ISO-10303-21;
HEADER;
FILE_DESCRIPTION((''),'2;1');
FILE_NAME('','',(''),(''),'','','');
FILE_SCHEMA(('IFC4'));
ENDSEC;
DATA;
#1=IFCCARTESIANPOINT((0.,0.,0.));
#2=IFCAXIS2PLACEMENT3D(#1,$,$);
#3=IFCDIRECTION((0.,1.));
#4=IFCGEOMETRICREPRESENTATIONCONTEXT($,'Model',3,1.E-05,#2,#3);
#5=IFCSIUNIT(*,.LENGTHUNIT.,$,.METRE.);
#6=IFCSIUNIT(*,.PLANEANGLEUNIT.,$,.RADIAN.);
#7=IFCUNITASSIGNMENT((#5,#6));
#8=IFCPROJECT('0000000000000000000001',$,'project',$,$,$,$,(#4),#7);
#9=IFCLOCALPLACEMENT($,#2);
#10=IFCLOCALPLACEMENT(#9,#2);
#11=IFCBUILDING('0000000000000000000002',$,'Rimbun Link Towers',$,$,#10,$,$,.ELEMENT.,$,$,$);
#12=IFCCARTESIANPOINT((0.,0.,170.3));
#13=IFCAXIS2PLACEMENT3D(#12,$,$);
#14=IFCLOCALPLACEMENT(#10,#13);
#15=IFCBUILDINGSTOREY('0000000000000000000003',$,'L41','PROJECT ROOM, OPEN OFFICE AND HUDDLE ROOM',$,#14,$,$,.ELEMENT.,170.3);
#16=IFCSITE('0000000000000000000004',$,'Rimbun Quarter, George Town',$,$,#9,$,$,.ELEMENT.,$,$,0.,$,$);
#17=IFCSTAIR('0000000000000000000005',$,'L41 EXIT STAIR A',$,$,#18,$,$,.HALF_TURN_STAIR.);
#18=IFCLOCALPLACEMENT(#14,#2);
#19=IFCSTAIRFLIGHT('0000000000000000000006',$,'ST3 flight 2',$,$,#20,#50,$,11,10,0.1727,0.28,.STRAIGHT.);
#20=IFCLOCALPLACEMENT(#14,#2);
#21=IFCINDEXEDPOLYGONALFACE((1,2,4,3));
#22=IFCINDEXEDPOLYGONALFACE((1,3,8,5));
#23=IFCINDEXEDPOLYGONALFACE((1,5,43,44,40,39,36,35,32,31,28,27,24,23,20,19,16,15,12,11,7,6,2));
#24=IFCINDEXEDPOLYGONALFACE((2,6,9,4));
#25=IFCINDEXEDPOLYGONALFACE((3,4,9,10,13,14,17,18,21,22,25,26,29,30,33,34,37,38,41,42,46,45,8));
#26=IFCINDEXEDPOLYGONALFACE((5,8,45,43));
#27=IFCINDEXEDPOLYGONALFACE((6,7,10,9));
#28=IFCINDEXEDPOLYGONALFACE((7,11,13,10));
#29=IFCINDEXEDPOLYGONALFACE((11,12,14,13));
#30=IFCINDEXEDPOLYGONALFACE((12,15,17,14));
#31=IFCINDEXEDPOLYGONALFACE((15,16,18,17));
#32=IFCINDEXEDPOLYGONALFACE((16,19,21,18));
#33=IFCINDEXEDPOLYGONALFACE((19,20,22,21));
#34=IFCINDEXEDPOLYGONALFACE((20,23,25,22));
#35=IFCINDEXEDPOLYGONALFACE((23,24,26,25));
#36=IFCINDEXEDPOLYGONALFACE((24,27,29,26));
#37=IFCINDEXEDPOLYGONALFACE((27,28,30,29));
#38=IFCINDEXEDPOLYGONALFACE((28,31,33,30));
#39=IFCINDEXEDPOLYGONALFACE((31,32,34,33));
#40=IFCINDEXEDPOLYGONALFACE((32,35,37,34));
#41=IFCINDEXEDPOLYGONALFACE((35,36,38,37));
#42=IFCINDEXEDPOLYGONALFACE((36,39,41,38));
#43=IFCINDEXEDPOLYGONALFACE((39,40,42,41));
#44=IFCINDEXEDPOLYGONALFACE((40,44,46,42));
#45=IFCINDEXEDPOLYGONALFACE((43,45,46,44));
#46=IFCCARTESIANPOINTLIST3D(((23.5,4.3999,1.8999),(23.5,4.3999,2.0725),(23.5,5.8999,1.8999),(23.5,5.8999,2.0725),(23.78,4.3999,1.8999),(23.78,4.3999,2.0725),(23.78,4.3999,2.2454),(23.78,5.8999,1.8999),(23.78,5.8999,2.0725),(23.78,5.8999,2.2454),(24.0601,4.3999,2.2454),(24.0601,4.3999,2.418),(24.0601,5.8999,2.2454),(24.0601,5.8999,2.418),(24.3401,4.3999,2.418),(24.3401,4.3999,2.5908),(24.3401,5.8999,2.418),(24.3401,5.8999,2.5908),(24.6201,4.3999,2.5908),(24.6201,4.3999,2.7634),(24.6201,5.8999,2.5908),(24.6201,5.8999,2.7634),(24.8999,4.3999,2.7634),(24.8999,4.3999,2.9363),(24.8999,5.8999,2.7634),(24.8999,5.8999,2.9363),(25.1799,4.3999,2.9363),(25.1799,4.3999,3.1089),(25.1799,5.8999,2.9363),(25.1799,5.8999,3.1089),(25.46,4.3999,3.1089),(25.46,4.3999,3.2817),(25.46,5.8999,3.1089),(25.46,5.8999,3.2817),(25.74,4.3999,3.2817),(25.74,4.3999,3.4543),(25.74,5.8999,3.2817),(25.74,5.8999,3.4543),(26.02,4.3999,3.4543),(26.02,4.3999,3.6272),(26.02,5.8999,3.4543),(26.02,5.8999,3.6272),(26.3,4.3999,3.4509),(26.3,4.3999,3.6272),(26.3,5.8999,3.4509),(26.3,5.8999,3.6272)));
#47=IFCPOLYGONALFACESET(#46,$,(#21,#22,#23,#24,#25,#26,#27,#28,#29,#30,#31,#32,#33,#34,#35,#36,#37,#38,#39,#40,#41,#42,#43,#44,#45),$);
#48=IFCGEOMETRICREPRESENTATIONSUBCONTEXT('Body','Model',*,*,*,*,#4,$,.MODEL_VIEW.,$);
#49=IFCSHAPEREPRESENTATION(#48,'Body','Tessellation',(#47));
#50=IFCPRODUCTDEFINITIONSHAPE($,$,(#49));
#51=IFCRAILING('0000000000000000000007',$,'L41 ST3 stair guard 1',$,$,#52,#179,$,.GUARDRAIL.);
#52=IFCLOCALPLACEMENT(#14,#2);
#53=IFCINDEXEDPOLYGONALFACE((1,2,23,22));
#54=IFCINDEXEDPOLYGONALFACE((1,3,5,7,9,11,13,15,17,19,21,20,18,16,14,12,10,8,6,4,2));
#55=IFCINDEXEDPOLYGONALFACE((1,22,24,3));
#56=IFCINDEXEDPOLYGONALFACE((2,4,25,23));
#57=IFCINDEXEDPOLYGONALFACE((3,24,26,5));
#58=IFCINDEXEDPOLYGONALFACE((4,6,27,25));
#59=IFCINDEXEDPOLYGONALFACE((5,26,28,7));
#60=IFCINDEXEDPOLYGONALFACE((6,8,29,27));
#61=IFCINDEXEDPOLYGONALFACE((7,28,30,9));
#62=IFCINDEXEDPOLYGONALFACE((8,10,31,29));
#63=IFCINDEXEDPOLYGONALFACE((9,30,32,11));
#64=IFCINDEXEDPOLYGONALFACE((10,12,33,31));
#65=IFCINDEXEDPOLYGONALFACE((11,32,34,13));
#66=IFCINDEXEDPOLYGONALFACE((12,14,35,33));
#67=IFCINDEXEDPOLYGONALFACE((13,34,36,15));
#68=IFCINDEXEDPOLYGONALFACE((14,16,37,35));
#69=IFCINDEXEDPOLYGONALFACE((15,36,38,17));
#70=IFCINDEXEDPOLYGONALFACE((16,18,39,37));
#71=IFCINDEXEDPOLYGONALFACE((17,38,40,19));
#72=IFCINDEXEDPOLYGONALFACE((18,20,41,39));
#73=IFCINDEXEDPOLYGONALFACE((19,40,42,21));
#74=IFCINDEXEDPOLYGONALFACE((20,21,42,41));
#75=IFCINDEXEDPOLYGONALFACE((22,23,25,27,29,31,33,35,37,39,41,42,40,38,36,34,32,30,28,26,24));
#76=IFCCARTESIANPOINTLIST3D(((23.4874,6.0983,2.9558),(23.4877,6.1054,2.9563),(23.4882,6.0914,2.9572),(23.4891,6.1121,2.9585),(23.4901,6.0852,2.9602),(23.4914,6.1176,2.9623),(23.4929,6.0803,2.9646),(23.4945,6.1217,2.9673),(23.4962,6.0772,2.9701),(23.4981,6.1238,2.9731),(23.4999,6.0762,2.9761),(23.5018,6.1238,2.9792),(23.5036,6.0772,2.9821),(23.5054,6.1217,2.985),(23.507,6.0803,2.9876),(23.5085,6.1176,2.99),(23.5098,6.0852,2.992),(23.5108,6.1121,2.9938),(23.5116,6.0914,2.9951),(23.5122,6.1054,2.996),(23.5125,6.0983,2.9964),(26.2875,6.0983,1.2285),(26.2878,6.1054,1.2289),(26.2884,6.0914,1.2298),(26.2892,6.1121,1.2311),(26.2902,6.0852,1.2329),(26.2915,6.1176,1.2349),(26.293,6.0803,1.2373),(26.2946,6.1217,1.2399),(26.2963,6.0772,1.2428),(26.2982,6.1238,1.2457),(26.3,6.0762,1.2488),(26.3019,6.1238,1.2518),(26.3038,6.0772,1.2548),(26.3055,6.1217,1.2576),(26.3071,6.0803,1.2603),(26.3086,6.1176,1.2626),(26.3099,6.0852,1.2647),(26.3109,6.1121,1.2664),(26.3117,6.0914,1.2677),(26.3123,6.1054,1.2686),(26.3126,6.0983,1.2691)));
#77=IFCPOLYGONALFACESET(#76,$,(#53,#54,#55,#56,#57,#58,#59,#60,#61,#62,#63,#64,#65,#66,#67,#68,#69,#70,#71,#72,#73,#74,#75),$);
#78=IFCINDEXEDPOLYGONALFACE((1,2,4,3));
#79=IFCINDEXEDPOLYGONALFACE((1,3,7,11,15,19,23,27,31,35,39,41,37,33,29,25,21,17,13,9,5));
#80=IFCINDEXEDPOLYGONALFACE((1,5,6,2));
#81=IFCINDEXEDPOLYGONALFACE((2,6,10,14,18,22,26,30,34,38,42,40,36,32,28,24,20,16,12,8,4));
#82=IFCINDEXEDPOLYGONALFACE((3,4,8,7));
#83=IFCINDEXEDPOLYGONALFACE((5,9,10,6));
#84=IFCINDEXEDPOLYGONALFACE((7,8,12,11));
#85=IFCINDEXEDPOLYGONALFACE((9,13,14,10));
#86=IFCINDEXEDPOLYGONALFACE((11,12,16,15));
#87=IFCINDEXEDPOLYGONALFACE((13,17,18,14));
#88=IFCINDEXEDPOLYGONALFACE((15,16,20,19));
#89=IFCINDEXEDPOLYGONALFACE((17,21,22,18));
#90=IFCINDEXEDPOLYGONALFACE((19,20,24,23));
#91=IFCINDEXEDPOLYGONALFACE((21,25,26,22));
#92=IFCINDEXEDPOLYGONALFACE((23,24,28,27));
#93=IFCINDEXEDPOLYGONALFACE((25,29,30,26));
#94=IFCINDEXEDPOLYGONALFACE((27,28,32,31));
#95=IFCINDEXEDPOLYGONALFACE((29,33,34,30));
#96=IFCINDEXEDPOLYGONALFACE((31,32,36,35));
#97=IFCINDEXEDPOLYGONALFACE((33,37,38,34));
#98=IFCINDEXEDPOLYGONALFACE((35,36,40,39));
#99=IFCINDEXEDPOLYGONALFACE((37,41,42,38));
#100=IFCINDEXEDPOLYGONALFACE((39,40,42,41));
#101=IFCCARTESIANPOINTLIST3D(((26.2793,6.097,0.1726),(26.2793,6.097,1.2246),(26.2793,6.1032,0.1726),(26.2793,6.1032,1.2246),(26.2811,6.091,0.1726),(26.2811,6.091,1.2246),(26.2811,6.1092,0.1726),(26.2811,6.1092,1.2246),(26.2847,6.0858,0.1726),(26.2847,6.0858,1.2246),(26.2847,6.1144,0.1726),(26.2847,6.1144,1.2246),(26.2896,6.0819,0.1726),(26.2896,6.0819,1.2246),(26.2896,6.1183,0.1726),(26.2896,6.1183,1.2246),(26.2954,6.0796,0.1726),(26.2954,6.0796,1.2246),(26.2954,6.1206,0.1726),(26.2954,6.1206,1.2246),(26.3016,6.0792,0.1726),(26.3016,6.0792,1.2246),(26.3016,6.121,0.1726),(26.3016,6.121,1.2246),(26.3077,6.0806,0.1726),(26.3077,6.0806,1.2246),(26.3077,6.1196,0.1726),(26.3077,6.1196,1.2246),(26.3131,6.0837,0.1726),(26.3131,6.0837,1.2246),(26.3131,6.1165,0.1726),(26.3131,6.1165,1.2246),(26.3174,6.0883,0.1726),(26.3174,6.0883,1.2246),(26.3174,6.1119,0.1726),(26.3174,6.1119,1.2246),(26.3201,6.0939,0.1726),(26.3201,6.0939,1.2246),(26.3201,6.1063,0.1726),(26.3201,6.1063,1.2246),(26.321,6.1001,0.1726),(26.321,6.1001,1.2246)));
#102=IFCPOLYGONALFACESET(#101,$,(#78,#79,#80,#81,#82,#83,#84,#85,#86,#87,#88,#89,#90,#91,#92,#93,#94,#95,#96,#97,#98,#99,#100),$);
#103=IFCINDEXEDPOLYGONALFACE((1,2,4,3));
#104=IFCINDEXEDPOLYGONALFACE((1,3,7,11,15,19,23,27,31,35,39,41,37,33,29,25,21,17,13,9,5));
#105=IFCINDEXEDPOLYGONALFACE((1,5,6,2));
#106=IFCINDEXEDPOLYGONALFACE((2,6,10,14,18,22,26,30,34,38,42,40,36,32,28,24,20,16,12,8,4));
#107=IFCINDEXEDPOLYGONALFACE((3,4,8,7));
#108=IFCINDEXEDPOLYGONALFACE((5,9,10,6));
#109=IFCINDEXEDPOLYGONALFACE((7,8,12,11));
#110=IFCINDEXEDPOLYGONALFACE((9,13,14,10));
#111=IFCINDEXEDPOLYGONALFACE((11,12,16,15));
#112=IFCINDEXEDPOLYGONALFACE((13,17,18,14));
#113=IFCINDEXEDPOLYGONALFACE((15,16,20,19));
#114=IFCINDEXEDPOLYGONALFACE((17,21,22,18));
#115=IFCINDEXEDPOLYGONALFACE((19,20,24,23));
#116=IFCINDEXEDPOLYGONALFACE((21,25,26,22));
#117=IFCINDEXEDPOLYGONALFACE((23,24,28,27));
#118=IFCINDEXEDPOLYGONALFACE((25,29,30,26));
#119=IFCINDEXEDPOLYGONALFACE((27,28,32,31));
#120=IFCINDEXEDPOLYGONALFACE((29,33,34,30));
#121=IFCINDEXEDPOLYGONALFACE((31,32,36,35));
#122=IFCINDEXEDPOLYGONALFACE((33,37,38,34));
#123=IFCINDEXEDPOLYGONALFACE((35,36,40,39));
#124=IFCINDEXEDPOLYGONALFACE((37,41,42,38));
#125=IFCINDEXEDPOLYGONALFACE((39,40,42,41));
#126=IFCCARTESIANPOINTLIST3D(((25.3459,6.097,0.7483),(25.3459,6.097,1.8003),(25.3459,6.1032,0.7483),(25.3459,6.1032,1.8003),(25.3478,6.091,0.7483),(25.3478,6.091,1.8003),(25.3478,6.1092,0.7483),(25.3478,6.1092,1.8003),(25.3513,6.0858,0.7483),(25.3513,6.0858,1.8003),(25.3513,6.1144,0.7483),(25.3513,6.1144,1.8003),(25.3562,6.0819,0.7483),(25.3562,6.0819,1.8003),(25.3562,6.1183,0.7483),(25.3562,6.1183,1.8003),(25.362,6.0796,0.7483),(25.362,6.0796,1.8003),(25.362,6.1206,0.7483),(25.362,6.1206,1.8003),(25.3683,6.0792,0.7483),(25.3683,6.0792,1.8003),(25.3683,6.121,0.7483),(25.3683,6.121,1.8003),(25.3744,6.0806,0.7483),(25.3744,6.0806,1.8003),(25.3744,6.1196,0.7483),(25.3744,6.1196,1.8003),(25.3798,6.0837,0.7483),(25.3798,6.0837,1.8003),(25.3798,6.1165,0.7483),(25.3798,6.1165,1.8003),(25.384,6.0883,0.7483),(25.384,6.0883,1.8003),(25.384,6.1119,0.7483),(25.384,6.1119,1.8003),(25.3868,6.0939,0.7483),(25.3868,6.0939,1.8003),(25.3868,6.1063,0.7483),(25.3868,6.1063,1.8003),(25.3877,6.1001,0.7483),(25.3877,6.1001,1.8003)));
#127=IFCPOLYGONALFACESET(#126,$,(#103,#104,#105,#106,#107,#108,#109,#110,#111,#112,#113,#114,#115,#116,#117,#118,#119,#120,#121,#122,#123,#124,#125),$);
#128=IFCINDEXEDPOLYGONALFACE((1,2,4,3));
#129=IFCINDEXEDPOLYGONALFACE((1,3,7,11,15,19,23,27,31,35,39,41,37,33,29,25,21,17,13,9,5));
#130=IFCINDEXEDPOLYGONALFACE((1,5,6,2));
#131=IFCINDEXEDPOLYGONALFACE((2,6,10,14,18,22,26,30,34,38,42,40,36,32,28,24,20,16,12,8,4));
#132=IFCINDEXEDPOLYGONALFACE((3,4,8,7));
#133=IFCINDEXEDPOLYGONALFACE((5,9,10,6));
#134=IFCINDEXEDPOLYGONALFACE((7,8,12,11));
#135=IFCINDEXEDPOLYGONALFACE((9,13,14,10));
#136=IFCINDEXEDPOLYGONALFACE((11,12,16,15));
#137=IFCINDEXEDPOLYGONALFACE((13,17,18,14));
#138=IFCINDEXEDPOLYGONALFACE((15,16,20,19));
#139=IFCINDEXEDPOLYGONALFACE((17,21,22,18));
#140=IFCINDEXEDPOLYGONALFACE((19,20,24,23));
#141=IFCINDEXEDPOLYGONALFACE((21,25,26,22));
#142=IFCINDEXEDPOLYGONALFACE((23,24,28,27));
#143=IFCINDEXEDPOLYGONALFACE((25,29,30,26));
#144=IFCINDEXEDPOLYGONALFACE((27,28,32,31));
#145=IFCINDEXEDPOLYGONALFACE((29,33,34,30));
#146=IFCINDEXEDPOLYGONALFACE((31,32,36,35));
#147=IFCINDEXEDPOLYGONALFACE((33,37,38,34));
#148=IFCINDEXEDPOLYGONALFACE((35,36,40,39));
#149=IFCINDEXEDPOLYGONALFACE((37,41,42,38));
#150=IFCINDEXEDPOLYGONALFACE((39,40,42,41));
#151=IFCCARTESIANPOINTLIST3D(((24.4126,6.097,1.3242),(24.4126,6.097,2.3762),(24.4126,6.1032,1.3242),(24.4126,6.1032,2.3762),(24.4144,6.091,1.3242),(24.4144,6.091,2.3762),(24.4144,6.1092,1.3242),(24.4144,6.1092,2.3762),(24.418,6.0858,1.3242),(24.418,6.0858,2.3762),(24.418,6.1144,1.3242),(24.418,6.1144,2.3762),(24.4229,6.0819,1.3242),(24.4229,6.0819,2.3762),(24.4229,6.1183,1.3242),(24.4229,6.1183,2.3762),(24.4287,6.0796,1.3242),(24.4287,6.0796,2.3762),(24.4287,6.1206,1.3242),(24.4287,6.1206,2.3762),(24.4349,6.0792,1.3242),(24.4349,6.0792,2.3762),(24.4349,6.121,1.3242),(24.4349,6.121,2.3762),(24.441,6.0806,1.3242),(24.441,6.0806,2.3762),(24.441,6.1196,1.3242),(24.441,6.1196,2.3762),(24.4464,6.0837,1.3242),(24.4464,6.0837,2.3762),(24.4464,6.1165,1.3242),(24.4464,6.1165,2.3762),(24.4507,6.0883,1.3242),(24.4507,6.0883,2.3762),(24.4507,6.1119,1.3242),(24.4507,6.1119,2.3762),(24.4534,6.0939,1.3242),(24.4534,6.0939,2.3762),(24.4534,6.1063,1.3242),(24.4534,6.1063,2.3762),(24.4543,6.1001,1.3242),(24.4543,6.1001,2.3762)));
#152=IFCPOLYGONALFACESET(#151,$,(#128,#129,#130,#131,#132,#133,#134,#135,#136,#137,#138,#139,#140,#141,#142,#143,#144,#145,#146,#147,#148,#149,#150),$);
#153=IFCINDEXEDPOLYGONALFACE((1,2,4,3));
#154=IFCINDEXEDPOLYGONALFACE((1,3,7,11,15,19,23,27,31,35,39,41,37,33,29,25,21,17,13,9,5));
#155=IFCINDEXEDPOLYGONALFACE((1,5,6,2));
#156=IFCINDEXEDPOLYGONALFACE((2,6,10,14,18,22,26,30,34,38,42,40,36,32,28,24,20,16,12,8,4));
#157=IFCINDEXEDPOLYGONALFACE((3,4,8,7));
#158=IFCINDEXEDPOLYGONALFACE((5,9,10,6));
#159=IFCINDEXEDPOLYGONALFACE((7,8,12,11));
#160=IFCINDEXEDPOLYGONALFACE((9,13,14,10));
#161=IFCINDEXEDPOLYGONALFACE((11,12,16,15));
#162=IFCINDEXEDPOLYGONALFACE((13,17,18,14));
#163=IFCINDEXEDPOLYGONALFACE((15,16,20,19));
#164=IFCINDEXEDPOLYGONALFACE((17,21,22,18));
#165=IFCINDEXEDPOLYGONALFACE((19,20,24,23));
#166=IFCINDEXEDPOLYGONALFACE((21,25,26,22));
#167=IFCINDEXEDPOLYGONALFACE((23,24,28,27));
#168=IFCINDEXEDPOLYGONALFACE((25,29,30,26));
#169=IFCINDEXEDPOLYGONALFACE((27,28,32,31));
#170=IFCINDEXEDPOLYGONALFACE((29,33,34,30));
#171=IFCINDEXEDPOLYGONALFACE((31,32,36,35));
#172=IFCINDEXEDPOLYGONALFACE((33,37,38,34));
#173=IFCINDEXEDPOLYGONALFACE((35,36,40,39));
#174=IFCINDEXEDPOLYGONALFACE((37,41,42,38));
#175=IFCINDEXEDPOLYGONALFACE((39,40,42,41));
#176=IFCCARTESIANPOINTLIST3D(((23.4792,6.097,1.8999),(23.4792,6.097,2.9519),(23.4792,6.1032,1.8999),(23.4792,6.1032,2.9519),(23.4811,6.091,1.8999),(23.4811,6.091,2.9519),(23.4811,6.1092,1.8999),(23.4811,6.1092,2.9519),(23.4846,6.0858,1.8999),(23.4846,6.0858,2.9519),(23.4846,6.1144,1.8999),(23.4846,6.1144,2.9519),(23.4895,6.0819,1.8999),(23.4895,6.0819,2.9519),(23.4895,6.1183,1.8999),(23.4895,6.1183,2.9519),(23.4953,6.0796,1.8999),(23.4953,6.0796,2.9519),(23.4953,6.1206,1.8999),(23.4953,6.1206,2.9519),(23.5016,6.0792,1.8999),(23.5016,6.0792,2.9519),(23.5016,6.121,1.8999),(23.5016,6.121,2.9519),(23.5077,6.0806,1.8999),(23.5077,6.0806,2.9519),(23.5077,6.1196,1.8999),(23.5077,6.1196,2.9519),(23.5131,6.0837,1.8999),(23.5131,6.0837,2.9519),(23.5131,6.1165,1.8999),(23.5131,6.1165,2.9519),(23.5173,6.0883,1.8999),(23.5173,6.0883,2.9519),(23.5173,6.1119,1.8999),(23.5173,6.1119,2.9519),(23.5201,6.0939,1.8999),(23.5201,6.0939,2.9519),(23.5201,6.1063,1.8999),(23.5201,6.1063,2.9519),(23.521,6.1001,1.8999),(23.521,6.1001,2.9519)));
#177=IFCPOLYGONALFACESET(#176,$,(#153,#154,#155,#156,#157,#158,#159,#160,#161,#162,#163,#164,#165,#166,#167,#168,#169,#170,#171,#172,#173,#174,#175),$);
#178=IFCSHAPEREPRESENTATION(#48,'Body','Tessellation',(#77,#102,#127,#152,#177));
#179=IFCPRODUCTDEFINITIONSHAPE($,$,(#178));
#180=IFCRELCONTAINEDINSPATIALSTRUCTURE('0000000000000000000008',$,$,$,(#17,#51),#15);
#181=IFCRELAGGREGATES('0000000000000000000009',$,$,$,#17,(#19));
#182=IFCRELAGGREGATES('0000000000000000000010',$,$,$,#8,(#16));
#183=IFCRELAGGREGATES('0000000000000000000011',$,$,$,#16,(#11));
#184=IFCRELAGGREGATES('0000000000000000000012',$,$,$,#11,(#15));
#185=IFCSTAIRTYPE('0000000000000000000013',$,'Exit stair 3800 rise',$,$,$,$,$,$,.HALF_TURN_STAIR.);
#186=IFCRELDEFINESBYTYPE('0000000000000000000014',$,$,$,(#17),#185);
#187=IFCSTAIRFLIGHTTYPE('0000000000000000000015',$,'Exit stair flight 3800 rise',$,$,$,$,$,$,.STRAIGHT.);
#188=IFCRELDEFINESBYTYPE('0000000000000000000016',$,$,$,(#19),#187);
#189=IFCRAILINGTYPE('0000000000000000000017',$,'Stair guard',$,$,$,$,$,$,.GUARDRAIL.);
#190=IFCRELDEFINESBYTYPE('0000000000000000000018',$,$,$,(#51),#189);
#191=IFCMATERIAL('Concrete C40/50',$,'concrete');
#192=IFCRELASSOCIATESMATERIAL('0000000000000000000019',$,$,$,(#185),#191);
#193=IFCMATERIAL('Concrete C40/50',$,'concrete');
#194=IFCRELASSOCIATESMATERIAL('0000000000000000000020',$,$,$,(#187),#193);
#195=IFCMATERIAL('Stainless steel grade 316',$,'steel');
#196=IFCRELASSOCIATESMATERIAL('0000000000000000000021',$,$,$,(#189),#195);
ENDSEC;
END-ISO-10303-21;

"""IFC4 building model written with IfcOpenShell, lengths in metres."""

from ifc_helpers import new_model, si_unit, direction, frame, origin, origin_2d, place, context, subcontext, project, spatial, polyline, circle, outline, extrude, material, type_object, element, aggregate, save


model = new_model("IFC4")

# Units and contexts
model_context = context("Model", 3, precision=1e-05, world=origin(), true_north=direction((0.0, 1.0)))
body_context = subcontext(model_context, "Body", "Model", "MODEL_VIEW")
ifc_project = project(units=[si_unit("LENGTHUNIT", "METRE"), si_unit("PLANEANGLEUNIT", "RADIAN")], contexts=[model_context])

# Site, building, storey
site_placement = place(None, origin())
site = spatial("IfcSite", under=ifc_project, at=site_placement, Name="Rimbun Quarter, George Town", CompositionType="ELEMENT", RefElevation=0.0)
building_placement = place(site_placement, origin())
building = spatial("IfcBuilding", under=site, at=building_placement, Name="Rimbun Link Towers", CompositionType="ELEMENT")
storey_placement = place(building_placement, frame((0.0, 0.0, 170.3)))
storey = spatial("IfcBuildingStorey", under=building, at=storey_placement, Name="L41", Description="PROJECT ROOM, OPEN OFFICE AND HUDDLE ROOM", CompositionType="ELEMENT", Elevation=170.3)

# Stair, stair flight
ifc_material_1 = material(Name="Concrete C40/50", Category="concrete")
stair_type = type_object("IfcStairType", Name="Exit stair 3800 rise", PredefinedType="HALF_TURN_STAIR", material=ifc_material_1)
stair_placement = place(storey_placement, origin())
stair = element("IfcStair", 1, at=stair_placement, inside=storey, type_object=stair_type, Name="L41 EXIT STAIR A", PredefinedType="HALF_TURN_STAIR")
ifc_material_2 = material(Name="Concrete C40/50", Category="concrete")
stair_flight_type = type_object("IfcStairFlightType", Name="Exit stair flight 3800 rise", PredefinedType="STRAIGHT", material=ifc_material_2)
stair_flight_1_placement = place(storey_placement, frame((23.5, 5.1499, 1.8999), z_axis=(0.0, 0.0, 1.0), x_axis=(1.0, 0.0, 0.0)))
stair_flight_1 = element("IfcStairFlight", 2, at=stair_flight_1_placement, type_object=stair_flight_type, Name="ST3 flight 2", NumberOfRisers=11, NumberOfTreads=10, PredefinedType="STRAIGHT", RiserHeight=0.1727, TreadLength=0.28, context=body_context, shape_type="SweptSolid", body=[
    extrude(outline(polyline([(0.0, 0.0), (0.0, 0.1726), (0.28, 0.1726), (0.28, 0.3455), (0.5601, 0.3455), (0.5601, 0.5181), (0.8401, 0.5181), (0.8401, 0.6909), (1.1201, 0.6909), (1.1201, 0.8635), (1.3999, 0.8635), (1.3999, 1.0364), (1.6799, 1.0364), (1.6799, 1.209), (1.96, 1.209), (1.96, 1.3818), (2.24, 1.3818), (2.24, 1.5544), (2.52, 1.5544), (2.52, 1.7273), (2.8, 1.7273), (2.8, 1.8999), (2.8, 1.551), (0.28, 0.0), (0.0, 0.0)])), frame((0.0, 0.75, 0.0), z_axis=(0.0, -1.0, 0.0), x_axis=(1.0, 0.0, 0.0)), (0.0, 0.0, 1.0), 1.5),
])
aggregate(stair, [stair_flight_1])

# Railing
ifc_material_3 = material(Name="Stainless steel grade 316", Category="steel")
railing_type_1 = type_object("IfcRailingType", Name="Stair guard", PredefinedType="GUARDRAIL", material=ifc_material_3)
railing_1_placement = place(storey_placement, frame((26.3, 6.1001, 0.1726)))
element("IfcRailing", 3, at=railing_1_placement, inside=storey, type_object=railing_type_1, Name="L41 ST3 stair guard 1", PredefinedType="GUARDRAIL", context=body_context, shape_type="SweptSolid", body=[
    extrude(circle(Radius=0.0239, at=origin_2d()), frame((0.0, 0.0, 1.0762), z_axis=(-0.85109, 0.0, 0.52502), x_axis=(0.0, -1.0, 0.0)), (0.0, 0.0, 1.0), 3.29),
    extrude(circle(Radius=0.021, at=origin_2d()), origin(), (0.0, 0.0, 1.0), 1.052),
    extrude(circle(Radius=0.021, at=origin_2d()), frame((-0.9333, 0.0, 0.5757)), (0.0, 0.0, 1.0), 1.052),
    extrude(circle(Radius=0.021, at=origin_2d()), frame((-1.8667, 0.0, 1.1516)), (0.0, 0.0, 1.0), 1.052),
    extrude(circle(Radius=0.021, at=origin_2d()), frame((-2.8, 0.0, 1.7273)), (0.0, 0.0, 1.0), 1.052),
])

save(model, "model.ifc")
